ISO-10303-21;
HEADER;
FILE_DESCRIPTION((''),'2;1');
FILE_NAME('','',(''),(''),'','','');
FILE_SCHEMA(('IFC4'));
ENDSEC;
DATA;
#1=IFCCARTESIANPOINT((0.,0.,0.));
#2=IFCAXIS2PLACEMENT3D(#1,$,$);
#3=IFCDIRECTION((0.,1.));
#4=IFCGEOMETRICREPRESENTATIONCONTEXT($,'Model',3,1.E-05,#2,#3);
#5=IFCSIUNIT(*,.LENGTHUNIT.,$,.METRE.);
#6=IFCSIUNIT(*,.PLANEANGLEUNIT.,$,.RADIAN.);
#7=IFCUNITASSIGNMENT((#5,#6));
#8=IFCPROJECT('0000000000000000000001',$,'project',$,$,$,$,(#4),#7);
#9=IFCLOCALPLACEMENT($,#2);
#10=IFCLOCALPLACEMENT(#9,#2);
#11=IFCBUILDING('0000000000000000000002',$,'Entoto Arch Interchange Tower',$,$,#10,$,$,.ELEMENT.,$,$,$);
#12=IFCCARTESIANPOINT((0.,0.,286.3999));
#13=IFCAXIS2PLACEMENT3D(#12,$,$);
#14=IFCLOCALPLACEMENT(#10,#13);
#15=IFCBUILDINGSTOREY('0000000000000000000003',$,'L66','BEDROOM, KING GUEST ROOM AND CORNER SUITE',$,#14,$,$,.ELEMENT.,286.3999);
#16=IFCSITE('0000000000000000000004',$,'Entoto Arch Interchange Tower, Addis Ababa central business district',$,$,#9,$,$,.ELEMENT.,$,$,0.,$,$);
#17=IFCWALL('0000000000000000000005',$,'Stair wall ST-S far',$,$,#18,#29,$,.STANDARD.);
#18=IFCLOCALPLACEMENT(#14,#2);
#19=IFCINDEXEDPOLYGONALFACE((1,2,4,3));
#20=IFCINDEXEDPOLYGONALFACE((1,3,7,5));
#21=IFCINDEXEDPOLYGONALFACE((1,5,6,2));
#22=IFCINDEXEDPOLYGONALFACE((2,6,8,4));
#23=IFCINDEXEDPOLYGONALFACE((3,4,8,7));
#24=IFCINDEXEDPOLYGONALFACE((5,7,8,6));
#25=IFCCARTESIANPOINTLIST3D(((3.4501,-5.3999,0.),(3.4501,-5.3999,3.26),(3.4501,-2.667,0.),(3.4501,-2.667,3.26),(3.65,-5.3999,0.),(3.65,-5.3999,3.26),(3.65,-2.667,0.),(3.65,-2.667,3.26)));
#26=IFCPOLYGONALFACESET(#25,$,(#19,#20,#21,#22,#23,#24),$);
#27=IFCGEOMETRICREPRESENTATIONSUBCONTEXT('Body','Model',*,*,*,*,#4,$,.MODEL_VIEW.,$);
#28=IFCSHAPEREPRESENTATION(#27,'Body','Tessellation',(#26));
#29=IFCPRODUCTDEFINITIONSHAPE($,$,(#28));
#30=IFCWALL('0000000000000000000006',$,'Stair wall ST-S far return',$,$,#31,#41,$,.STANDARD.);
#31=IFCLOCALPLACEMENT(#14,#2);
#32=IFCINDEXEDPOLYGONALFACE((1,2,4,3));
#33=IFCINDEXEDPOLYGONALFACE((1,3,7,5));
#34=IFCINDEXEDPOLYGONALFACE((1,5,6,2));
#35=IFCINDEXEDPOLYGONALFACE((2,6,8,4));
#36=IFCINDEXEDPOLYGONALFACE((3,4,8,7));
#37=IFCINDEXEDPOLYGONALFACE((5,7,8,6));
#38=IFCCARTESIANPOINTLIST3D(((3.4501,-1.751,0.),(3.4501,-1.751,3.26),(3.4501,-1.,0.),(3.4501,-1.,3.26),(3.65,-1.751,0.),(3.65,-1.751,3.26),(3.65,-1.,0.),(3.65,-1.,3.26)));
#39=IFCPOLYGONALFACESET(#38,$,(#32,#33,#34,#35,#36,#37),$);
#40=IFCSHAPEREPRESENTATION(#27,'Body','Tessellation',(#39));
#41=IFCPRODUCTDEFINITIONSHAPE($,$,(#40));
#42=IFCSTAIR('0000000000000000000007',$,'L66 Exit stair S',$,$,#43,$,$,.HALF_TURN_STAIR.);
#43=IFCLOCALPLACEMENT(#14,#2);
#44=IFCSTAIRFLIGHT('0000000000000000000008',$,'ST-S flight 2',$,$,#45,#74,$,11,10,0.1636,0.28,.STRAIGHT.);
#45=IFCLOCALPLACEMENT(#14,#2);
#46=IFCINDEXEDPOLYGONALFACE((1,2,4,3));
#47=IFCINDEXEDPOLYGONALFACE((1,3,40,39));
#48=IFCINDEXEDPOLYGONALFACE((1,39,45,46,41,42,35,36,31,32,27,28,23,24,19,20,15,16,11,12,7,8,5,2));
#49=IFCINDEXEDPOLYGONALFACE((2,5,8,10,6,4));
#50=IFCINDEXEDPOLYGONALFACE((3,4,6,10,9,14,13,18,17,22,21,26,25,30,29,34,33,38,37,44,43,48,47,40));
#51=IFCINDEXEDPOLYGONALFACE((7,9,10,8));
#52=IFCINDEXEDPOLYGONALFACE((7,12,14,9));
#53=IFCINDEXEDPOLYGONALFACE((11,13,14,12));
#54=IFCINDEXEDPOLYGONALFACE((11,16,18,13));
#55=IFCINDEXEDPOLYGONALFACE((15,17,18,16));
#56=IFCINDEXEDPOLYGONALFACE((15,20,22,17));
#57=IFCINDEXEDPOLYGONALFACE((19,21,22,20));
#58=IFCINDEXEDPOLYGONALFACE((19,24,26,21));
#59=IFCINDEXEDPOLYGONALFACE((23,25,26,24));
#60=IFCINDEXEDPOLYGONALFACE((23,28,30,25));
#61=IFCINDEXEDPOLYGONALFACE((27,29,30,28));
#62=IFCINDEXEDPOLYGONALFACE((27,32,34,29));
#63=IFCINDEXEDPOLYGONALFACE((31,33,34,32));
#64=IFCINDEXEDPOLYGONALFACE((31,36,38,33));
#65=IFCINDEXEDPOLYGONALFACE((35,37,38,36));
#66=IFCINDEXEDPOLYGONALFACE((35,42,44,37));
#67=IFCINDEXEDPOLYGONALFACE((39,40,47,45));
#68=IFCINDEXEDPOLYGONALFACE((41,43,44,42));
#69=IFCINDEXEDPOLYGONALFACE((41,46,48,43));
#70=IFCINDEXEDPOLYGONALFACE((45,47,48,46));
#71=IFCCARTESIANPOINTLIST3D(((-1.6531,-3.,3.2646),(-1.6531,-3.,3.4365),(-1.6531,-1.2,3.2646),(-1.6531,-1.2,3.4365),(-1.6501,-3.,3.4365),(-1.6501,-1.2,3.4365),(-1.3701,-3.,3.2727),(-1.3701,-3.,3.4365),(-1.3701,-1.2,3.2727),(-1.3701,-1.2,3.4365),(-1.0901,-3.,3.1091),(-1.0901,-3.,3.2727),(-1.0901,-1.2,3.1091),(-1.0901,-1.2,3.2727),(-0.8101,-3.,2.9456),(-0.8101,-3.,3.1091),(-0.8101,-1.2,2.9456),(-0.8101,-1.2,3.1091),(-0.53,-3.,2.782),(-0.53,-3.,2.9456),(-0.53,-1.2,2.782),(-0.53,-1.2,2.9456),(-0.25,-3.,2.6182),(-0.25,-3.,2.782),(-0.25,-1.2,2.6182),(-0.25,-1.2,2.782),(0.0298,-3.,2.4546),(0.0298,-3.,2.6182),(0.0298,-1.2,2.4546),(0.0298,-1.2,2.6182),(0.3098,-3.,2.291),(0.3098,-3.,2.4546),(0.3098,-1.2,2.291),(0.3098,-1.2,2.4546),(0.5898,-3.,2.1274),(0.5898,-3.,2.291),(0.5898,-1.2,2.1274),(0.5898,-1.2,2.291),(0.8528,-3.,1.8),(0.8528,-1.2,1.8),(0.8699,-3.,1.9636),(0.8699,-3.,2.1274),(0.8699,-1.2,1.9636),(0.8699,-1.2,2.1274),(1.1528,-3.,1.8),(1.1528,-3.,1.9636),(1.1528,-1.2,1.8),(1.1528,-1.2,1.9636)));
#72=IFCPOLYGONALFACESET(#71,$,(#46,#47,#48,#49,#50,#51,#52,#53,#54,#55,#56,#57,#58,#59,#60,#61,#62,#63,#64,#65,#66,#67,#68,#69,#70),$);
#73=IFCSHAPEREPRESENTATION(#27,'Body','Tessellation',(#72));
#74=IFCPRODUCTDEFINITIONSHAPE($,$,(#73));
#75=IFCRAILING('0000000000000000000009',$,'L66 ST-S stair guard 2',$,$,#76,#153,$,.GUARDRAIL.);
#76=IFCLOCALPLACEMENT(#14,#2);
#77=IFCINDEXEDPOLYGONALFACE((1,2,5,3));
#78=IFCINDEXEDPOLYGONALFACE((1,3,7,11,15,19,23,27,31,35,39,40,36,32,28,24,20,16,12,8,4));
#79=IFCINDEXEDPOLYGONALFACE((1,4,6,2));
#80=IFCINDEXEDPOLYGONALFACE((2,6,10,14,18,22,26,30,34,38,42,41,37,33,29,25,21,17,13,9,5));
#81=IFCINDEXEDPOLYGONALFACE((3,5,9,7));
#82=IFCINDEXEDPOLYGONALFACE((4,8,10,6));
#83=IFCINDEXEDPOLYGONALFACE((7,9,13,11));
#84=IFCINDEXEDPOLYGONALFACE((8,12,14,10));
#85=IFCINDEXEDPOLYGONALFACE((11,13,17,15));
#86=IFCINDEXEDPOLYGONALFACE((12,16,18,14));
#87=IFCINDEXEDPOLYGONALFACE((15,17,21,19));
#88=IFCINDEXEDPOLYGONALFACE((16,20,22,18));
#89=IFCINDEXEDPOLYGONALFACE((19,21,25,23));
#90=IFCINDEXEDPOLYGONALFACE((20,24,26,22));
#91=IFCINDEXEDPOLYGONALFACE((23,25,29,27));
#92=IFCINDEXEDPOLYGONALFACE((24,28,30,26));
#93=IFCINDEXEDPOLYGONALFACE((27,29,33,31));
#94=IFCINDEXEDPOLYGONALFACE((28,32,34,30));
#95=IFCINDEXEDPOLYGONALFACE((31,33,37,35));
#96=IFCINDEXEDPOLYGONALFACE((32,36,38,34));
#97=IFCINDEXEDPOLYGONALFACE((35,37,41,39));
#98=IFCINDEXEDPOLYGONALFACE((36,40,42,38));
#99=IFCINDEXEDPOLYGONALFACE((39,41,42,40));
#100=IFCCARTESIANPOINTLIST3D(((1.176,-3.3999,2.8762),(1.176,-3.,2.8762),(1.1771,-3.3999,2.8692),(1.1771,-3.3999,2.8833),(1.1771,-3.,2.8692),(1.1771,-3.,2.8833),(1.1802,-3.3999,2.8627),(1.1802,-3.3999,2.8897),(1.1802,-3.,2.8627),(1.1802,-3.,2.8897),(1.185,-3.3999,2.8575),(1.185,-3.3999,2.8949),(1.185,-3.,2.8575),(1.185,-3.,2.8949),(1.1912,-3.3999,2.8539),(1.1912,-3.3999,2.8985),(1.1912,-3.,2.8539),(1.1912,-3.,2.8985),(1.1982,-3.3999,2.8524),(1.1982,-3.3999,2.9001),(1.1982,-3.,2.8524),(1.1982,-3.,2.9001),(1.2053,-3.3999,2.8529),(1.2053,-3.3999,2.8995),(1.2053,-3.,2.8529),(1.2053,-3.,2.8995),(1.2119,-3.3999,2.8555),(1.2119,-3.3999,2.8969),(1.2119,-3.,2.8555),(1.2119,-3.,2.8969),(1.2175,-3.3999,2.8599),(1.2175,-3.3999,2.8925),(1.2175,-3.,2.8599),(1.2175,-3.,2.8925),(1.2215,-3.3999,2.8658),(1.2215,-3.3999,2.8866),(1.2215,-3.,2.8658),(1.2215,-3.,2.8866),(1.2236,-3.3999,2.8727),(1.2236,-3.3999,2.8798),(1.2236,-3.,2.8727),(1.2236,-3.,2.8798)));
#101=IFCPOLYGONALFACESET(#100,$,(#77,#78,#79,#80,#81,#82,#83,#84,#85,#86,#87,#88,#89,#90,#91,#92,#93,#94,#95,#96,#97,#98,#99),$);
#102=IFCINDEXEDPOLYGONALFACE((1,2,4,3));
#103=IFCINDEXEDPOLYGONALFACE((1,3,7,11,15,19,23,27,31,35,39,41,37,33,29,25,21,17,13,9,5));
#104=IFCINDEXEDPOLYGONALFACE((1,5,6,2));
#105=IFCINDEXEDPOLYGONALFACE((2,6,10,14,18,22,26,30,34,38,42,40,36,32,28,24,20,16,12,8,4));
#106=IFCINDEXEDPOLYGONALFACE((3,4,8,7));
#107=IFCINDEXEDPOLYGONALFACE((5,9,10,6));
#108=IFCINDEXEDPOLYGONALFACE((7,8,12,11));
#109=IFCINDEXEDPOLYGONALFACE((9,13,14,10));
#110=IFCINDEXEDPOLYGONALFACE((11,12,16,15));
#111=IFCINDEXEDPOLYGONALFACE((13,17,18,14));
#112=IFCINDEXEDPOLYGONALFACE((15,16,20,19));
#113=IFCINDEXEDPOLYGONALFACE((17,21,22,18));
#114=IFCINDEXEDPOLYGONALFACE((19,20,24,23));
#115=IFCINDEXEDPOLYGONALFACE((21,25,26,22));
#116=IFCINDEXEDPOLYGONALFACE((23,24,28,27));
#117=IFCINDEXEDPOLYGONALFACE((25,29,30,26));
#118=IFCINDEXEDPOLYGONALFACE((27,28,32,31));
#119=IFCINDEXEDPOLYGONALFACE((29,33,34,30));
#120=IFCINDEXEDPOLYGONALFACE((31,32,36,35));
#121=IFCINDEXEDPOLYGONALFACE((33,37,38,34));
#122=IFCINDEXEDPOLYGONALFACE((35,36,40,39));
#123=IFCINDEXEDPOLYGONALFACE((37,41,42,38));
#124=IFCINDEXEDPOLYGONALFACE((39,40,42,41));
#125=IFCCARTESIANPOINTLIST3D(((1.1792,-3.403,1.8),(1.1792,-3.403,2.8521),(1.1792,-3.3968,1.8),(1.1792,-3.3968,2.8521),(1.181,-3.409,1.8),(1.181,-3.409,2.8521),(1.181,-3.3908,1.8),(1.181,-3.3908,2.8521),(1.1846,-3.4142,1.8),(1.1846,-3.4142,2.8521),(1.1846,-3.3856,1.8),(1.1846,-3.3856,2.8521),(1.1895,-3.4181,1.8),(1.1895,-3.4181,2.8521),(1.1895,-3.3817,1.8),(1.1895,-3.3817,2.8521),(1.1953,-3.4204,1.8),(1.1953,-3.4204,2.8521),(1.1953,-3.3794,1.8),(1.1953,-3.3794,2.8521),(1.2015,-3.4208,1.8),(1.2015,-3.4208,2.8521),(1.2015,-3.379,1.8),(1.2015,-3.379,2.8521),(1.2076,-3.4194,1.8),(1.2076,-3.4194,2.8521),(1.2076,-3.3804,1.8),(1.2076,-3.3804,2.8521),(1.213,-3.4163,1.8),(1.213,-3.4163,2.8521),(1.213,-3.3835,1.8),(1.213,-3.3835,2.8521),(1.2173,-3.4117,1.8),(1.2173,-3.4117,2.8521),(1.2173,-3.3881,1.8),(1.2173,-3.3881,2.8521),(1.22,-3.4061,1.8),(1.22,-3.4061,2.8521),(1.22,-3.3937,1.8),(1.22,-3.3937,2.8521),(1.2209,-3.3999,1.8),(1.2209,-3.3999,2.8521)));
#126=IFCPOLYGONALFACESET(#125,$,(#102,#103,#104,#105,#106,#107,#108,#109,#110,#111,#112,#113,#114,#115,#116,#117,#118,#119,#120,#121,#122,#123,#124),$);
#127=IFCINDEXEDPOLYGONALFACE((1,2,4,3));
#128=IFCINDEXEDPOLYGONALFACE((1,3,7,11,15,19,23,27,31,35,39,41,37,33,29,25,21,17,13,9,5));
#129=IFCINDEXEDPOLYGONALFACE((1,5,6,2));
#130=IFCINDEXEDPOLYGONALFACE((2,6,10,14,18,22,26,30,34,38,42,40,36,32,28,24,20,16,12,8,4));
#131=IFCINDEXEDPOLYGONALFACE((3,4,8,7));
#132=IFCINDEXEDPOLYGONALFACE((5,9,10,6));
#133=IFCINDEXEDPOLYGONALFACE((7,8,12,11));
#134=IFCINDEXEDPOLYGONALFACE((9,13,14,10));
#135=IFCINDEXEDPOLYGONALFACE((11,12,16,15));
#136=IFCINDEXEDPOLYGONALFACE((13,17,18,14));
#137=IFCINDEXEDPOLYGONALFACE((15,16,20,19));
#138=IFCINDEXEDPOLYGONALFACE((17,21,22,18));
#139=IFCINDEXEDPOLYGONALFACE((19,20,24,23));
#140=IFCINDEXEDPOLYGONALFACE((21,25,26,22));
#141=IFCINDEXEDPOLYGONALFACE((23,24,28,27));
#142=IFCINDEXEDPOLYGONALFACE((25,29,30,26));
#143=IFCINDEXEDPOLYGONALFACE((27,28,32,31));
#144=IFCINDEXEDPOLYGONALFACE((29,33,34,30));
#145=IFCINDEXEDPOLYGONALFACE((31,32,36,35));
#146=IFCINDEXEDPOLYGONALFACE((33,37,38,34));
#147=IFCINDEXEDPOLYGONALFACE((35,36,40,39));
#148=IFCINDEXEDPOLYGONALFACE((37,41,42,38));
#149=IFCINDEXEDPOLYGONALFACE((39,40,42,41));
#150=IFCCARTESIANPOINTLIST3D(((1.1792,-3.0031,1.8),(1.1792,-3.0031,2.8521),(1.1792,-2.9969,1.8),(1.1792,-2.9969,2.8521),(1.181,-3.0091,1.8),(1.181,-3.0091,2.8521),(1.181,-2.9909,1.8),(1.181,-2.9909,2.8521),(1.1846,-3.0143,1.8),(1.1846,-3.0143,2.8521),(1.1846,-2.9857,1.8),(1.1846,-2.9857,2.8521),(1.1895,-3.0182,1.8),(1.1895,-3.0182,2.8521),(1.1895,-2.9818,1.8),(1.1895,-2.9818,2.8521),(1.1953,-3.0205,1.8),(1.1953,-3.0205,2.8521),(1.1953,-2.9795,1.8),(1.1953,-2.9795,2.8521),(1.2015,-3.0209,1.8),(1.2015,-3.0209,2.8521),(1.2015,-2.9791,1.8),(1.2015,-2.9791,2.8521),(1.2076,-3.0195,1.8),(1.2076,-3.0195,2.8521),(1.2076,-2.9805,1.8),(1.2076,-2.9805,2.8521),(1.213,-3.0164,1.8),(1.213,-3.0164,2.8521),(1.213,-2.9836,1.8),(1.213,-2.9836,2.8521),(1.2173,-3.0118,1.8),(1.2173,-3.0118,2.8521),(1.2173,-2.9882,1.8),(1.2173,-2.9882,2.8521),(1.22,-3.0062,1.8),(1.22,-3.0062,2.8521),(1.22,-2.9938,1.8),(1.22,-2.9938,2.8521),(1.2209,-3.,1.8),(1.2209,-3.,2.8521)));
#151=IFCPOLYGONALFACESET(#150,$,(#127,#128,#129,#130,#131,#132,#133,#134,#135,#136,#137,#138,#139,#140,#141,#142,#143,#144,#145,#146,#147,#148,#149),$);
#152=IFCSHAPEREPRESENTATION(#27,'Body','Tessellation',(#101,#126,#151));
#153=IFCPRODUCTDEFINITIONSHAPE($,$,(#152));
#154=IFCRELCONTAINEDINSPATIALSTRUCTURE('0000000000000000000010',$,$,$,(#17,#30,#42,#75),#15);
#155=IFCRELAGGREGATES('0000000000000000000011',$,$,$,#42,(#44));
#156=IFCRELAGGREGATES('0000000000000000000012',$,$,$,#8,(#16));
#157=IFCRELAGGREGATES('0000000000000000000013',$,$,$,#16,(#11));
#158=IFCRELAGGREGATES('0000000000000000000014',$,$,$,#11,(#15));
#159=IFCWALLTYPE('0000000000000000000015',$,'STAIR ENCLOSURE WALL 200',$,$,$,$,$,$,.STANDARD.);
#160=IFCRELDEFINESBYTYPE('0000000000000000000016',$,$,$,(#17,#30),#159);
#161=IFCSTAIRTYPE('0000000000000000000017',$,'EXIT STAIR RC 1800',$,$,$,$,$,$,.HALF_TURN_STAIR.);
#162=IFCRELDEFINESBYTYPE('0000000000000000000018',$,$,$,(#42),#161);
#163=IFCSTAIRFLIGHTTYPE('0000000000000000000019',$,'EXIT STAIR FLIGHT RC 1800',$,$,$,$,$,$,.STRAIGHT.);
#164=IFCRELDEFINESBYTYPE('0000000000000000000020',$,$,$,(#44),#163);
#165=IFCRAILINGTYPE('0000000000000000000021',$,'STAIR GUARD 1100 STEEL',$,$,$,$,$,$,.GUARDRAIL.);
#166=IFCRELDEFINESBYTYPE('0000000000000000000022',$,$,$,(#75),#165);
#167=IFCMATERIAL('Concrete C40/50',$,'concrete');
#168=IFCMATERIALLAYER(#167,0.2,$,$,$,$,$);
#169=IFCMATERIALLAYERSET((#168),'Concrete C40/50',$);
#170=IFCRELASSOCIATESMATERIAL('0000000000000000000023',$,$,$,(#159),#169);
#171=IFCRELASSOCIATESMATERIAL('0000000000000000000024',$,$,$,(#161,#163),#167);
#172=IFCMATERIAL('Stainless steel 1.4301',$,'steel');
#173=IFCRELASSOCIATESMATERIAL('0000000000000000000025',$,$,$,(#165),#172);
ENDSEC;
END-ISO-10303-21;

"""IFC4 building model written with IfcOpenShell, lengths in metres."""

from ifc_helpers import new_model, si_unit, direction, frame, frame_2d, origin, origin_2d, place, context, subcontext, project, spatial, polyline, rectangle, circle, outline, extrude, material, layer, layer_set, type_object, element, aggregate, save


model = new_model("IFC4")

# Units and contexts
model_context = context("Model", 3, precision=1e-05, world=origin(), true_north=direction((0.0, 1.0)))
body_context = subcontext(model_context, "Body", "Model", "MODEL_VIEW")
ifc_project = project(units=[si_unit("LENGTHUNIT", "METRE"), si_unit("PLANEANGLEUNIT", "RADIAN")], contexts=[model_context])

# Site, building, storey
site_placement = place(None, origin())
site = spatial("IfcSite", under=ifc_project, at=site_placement, Name="Entoto Arch Interchange Tower, Addis Ababa central business district", CompositionType="ELEMENT", RefElevation=0.0)
building_placement = place(site_placement, origin())
building = spatial("IfcBuilding", under=site, at=building_placement, Name="Entoto Arch Interchange Tower", CompositionType="ELEMENT")
storey_placement = place(building_placement, frame((0.0, 0.0, 286.3999)))
storey = spatial("IfcBuildingStorey", under=building, at=storey_placement, Name="L66", Description="BEDROOM, KING GUEST ROOM AND CORNER SUITE", CompositionType="ELEMENT", Elevation=286.3999)

# Shared definitions
ifc_material_1 = material(Name="Concrete C40/50", Category="concrete")

# Walls
ifc_layer_1 = layer(ifc_material_1, 0.2)
ifc_layer_set_1 = layer_set([ifc_layer_1], Name="Concrete C40/50")
wall_type_1 = type_object("IfcWallType", Name="STAIR ENCLOSURE WALL 200", PredefinedType="STANDARD", material=ifc_layer_set_1)
wall_1_placement = place(storey_placement, frame((3.55, -2.667, 0.0), z_axis=(0.0, 0.0, 1.0), x_axis=(0.0, -1.0, 0.0)))
element("IfcWall", 1, at=wall_1_placement, inside=storey, type_object=wall_type_1, Name="Stair wall ST-S far", PredefinedType="STANDARD", context=body_context, shape_type="SweptSolid", body=[
    extrude(rectangle(XDim=2.7329, YDim=0.2, at=frame_2d((1.3665, 0.0))), origin(), (0.0, 0.0, 1.0), 3.26),
])
wall_2_placement = place(storey_placement, frame((3.55, -1.0, 0.0), z_axis=(0.0, 0.0, 1.0), x_axis=(0.0, -1.0, 0.0)))
element("IfcWall", 2, at=wall_2_placement, inside=storey, type_object=wall_type_1, Name="Stair wall ST-S far return", PredefinedType="STANDARD", context=body_context, shape_type="SweptSolid", body=[
    extrude(rectangle(XDim=0.751, YDim=0.2, at=frame_2d((0.3755, 0.0))), origin(), (0.0, 0.0, 1.0), 3.26),
])

# Stair, stair flight
stair_type = type_object("IfcStairType", Name="EXIT STAIR RC 1800", PredefinedType="HALF_TURN_STAIR", material=ifc_material_1)
stair_placement = place(storey_placement, origin())
stair = element("IfcStair", 3, at=stair_placement, inside=storey, type_object=stair_type, Name="L66 Exit stair S", PredefinedType="HALF_TURN_STAIR")
stair_flight_type = type_object("IfcStairFlightType", Name="EXIT STAIR FLIGHT RC 1800", PredefinedType="STRAIGHT", material=ifc_material_1)
stair_flight_placement = place(storey_placement, frame((1.1499, -2.1001, 1.8), z_axis=(0.0, 0.0, 1.0), x_axis=(-1.0, 0.0, 0.0)))
stair_flight = element("IfcStairFlight", 4, at=stair_flight_placement, type_object=stair_flight_type, Name="ST-S flight 2", NumberOfRisers=11, NumberOfTreads=10, PredefinedType="STRAIGHT", RiserHeight=0.1636, TreadLength=0.28, context=body_context, shape_type="SweptSolid", body=[
    extrude(outline(polyline([(-0.0029, 0.0), (-0.0029, 0.1636), (0.28, 0.1636), (0.28, 0.3274), (0.5601, 0.3274), (0.5601, 0.491), (0.8401, 0.491), (0.8401, 0.6545), (1.1201, 0.6545), (1.1201, 0.8181), (1.3999, 0.8181), (1.3999, 0.9819), (1.6799, 0.9819), (1.6799, 1.1455), (1.96, 1.1455), (1.96, 1.3091), (2.24, 1.3091), (2.24, 1.4727), (2.52, 1.4727), (2.52, 1.6365), (2.8, 1.6365), (2.803, 1.6365), (2.803, 1.4646), (0.2971, 0.0), (-0.0029, 0.0)])), frame((0.0, 0.8999, 0.0), z_axis=(0.0, -1.0, 0.0), x_axis=(1.0, 0.0, 0.0)), (0.0, 0.0, 1.0), 1.8),
])
aggregate(stair, [stair_flight])

# Railing
ifc_material_2 = material(Name="Stainless steel 1.4301", Category="steel")
railing_type_1 = type_object("IfcRailingType", Name="STAIR GUARD 1100 STEEL", PredefinedType="GUARDRAIL", material=ifc_material_2)
railing_1_placement = place(storey_placement, frame((1.2, -3.3999, 1.8)))
element("IfcRailing", 5, at=railing_1_placement, inside=storey, type_object=railing_type_1, Name="L66 ST-S stair guard 2", PredefinedType="GUARDRAIL", context=body_context, shape_type="SweptSolid", body=[
    extrude(circle(Radius=0.0239, at=origin_2d()), frame((0.0, 0.0, 1.0762), z_axis=(0.0, 1.0, 0.0), x_axis=(-1.0, 0.0, 0.0)), (0.0, 0.0, 1.0), 0.3999),
    extrude(circle(Radius=0.021, at=origin_2d()), origin(), (0.0, 0.0, 1.0), 1.052),
    extrude(circle(Radius=0.021, at=origin_2d()), frame((0.0, 0.3999, 0.0)), (0.0, 0.0, 1.0), 1.052),
])

save(model, "model.ifc")
